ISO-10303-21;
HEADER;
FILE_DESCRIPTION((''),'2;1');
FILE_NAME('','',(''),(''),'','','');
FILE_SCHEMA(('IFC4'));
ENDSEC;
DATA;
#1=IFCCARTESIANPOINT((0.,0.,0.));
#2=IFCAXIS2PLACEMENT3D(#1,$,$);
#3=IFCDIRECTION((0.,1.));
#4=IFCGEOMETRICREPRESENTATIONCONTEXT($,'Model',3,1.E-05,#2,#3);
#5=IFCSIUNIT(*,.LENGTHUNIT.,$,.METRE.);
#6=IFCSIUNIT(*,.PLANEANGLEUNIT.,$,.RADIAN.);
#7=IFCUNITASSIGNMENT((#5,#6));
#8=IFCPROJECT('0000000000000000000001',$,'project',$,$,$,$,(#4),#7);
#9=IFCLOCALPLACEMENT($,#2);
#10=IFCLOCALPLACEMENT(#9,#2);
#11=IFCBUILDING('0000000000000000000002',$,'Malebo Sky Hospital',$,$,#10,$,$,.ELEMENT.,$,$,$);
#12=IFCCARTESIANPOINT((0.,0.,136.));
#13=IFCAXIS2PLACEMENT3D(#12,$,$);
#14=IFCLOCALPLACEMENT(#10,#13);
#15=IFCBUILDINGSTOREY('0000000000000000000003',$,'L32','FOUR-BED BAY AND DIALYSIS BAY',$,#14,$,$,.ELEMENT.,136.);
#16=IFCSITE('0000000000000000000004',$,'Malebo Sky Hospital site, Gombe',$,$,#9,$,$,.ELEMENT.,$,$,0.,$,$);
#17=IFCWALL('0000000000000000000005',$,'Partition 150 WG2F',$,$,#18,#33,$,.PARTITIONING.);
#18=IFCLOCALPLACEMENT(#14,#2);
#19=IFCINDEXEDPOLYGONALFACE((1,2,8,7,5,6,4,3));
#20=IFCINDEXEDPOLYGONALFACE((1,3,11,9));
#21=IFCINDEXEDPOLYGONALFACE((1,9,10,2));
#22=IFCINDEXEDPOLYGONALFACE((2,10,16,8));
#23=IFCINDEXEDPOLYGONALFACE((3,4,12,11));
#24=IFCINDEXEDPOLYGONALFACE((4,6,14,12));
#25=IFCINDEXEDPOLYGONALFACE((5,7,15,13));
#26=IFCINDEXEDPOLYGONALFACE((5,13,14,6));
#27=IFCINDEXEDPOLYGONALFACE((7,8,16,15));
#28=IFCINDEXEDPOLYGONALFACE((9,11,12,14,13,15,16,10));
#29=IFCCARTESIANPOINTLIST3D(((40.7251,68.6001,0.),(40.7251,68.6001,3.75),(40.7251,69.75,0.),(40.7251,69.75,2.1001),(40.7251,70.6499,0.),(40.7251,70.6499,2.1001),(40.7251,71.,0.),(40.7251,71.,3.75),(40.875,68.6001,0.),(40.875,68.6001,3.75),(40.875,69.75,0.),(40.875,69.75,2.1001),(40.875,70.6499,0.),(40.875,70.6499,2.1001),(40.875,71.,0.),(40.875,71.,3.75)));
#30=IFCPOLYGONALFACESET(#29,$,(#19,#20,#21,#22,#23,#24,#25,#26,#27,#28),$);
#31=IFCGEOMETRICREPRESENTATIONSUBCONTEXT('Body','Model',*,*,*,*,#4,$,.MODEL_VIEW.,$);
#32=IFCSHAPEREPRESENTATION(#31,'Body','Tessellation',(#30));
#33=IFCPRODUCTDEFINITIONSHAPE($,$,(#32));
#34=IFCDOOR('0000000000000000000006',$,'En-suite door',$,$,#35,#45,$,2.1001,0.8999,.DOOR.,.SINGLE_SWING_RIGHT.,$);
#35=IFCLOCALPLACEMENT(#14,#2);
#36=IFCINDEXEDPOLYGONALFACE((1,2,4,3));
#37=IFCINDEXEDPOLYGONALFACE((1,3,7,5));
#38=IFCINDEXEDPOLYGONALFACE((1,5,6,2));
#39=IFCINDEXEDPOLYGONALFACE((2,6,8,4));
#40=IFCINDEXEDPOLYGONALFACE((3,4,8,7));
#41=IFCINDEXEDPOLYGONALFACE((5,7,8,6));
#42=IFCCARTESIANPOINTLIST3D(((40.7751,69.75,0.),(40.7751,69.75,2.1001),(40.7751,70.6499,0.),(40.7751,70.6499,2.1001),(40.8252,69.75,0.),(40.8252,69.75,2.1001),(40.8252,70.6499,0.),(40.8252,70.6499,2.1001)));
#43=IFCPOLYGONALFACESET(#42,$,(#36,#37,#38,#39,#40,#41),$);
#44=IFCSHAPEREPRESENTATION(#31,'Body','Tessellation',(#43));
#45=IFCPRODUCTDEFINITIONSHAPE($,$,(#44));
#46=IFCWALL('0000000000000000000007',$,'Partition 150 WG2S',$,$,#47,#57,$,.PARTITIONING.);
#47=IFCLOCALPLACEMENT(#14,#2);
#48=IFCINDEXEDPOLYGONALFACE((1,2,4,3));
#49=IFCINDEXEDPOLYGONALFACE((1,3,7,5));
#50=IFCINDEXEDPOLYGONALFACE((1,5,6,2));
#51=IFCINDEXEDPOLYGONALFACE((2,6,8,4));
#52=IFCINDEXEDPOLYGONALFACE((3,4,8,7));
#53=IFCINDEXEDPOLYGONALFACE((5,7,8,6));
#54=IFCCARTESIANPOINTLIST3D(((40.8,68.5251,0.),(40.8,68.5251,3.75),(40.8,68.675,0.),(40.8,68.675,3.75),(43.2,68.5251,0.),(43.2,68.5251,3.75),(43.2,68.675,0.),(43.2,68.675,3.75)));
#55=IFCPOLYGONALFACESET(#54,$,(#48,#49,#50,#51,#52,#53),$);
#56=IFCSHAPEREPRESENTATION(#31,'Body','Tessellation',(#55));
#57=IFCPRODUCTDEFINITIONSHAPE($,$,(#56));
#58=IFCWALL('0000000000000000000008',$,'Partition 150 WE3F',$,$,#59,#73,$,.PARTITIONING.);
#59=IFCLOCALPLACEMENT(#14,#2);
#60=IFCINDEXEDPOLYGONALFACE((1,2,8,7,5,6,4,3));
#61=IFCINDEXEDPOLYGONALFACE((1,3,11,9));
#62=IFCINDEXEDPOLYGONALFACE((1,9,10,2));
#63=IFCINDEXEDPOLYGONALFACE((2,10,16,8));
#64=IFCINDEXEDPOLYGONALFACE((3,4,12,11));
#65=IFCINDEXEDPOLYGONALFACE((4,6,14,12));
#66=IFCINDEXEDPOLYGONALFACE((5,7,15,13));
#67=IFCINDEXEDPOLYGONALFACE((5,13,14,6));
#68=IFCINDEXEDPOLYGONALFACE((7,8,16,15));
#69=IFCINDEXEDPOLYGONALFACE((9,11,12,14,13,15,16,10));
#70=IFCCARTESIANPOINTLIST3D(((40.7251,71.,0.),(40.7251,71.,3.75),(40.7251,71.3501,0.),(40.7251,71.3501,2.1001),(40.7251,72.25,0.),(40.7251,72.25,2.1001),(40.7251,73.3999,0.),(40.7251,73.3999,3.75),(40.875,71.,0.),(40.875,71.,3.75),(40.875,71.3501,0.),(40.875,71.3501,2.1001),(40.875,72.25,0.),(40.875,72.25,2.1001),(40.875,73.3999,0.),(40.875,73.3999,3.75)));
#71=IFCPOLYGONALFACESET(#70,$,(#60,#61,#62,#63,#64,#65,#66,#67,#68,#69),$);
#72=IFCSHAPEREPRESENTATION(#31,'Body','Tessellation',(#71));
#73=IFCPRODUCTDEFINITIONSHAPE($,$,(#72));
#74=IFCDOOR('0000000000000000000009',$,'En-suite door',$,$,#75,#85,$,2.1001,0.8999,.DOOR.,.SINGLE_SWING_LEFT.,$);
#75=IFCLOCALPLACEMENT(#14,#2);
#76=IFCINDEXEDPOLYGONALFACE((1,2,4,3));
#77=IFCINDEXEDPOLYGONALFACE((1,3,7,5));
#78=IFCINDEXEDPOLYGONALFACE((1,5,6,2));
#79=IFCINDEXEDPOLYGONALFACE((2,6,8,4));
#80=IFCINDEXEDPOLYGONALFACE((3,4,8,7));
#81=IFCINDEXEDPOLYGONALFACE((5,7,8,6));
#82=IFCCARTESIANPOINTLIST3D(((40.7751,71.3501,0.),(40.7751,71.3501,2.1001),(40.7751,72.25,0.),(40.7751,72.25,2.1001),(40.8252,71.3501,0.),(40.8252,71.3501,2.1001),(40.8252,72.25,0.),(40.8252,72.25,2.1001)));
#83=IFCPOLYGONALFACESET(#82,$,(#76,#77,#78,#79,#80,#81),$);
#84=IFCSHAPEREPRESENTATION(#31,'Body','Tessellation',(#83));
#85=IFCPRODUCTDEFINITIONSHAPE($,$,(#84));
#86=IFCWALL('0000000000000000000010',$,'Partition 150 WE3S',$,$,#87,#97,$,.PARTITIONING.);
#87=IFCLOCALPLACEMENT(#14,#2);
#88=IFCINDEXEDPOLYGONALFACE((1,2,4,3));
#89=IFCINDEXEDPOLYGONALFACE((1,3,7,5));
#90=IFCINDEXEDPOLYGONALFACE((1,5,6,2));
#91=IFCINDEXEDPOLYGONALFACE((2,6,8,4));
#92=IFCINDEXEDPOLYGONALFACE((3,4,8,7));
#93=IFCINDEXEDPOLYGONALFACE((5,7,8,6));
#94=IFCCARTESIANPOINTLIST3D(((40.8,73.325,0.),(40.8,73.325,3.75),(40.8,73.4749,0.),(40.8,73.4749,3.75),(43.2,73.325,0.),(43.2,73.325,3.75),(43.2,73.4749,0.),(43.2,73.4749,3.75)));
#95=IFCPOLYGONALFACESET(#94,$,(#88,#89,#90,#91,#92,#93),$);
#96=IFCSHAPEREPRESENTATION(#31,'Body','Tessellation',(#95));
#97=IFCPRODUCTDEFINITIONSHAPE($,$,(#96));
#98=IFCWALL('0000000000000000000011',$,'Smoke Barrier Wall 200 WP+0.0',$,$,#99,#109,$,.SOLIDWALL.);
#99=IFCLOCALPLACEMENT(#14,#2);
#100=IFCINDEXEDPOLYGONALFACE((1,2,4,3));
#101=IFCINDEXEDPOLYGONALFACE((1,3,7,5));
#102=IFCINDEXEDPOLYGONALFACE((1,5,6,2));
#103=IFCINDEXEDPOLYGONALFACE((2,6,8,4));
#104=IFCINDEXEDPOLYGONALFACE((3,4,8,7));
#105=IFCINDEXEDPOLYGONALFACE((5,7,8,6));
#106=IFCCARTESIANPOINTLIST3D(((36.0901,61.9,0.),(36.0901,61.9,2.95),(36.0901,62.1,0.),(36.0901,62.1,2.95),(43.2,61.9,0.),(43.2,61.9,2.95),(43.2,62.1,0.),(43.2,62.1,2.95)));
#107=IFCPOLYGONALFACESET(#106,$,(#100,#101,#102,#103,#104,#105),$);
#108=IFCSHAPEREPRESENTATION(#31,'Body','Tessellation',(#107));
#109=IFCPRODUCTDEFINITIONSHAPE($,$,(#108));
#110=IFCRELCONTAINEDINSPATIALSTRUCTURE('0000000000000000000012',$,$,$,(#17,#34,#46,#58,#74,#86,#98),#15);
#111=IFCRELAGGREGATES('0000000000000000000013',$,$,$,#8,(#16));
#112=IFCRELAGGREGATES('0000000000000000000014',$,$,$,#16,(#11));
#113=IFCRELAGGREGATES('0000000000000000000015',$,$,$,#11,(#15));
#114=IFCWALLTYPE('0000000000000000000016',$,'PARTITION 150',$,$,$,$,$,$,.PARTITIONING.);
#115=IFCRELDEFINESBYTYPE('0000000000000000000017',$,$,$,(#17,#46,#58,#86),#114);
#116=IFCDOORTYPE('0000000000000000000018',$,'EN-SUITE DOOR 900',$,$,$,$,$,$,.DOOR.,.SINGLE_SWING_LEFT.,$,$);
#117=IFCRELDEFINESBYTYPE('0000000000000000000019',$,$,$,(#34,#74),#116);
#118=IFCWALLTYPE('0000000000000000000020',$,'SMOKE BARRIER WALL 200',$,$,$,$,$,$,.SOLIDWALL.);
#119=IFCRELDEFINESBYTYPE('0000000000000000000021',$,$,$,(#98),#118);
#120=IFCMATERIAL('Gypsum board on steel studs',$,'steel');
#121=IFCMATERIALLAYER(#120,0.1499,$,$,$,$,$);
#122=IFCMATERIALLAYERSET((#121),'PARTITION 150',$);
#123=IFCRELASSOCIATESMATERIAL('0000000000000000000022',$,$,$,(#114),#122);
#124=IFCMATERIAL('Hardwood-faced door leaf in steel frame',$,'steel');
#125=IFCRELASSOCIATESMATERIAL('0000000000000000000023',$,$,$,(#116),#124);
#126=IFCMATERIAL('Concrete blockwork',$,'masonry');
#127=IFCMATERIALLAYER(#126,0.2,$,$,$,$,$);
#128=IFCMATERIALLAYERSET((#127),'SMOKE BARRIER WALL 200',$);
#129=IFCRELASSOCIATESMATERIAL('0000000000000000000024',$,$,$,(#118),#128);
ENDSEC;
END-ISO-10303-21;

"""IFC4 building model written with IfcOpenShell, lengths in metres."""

from ifc_helpers import new_model, si_unit, direction, frame, frame_2d, origin, place, context, subcontext, project, spatial, rectangle, extrude, material, layer, layer_set, type_object, element, fill, save


model = new_model("IFC4")

# Units and contexts
model_context = context("Model", 3, precision=1e-05, world=origin(), true_north=direction((0.0, 1.0)))
body_context = subcontext(model_context, "Body", "Model", "MODEL_VIEW")
ifc_project = project(units=[si_unit("LENGTHUNIT", "METRE"), si_unit("PLANEANGLEUNIT", "RADIAN")], contexts=[model_context])

# Site, building, storey
site_placement = place(None, origin())
site = spatial("IfcSite", under=ifc_project, at=site_placement, Name="Malebo Sky Hospital site, Gombe", CompositionType="ELEMENT", RefElevation=0.0)
building_placement = place(site_placement, origin())
building = spatial("IfcBuilding", under=site, at=building_placement, Name="Malebo Sky Hospital", CompositionType="ELEMENT")
storey_placement = place(building_placement, frame((0.0, 0.0, 136.0)))
storey = spatial("IfcBuildingStorey", under=building, at=storey_placement, Name="L32", Description="FOUR-BED BAY AND DIALYSIS BAY", CompositionType="ELEMENT", Elevation=136.0)

# Shared definitions
ifc_material_1 = material(Name="Gypsum board on steel studs", Category="steel")
ifc_layer_1 = layer(ifc_material_1, 0.1499)
ifc_layer_set_1 = layer_set([ifc_layer_1], Name="PARTITION 150")
wall_type_1 = type_object("IfcWallType", Name="PARTITION 150", PredefinedType="PARTITIONING", material=ifc_layer_set_1)

# Shared definitions
ifc_material_2 = material(Name="Hardwood-faced door leaf in steel frame", Category="steel")
door_type = type_object("IfcDoorType", Name="EN-SUITE DOOR 900", OperationType="SINGLE_SWING_LEFT", PredefinedType="DOOR", material=ifc_material_2)

# Wall, opening, door
wall_1_placement = place(storey_placement, frame((40.8, 68.6001, 0.0), z_axis=(0.0, 0.0, 1.0), x_axis=(0.0, 1.0, 0.0)))
wall_1 = element("IfcWall", 1, at=wall_1_placement, inside=storey, type_object=wall_type_1, Name="Partition 150 WG2F", PredefinedType="PARTITIONING", context=body_context, shape_type="SweptSolid", body=[
    extrude(rectangle(XDim=2.3999, YDim=0.1499, at=frame_2d((1.2, 0.0))), origin(), (0.0, 0.0, 1.0), 3.75),
])
opening_1_placement = place(wall_1_placement, frame((1.1499, 0.0, 0.0)))
opening_1 = element("IfcOpeningElement", 2, at=opening_1_placement, cuts=wall_1, PredefinedType="OPENING", context=body_context, shape_type="SweptSolid", body=[
    extrude(rectangle(XDim=0.8999, YDim=2.1001, at=frame_2d((0.45, 1.05))), frame((0.0, 0.085, 0.0), z_axis=(0.0, -1.0, 0.0), x_axis=(1.0, 0.0, 0.0)), (0.0, 0.0, 1.0), 0.1699),
])
door_1_placement = place(opening_1_placement, origin())
door_1 = element("IfcDoor", 3, at=door_1_placement, inside=storey, type_object=door_type, Name="En-suite door", OperationType="SINGLE_SWING_RIGHT", OverallHeight=2.1001, OverallWidth=0.8999, PredefinedType="DOOR", context=body_context, shape_type="SweptSolid", body=[
    extrude(rectangle(XDim=0.8999, YDim=2.1001, at=frame_2d((0.45, 1.05))), frame((0.0, 0.0249, 0.0), z_axis=(0.0, -1.0, 0.0), x_axis=(1.0, 0.0, 0.0)), (0.0, 0.0, 1.0), 0.05),
])
fill(opening_1, door_1)

# Wall
wall_2_placement = place(storey_placement, frame((43.2, 68.6001, 0.0), z_axis=(0.0, 0.0, 1.0), x_axis=(-1.0, 0.0, 0.0)))
element("IfcWall", 4, at=wall_2_placement, inside=storey, type_object=wall_type_1, Name="Partition 150 WG2S", PredefinedType="PARTITIONING", context=body_context, shape_type="SweptSolid", body=[
    extrude(rectangle(XDim=2.3999, YDim=0.1499, at=frame_2d((1.2, 0.0))), origin(), (0.0, 0.0, 1.0), 3.75),
])

# Wall, opening, door
wall_3_placement = place(storey_placement, frame((40.8, 71.0, 0.0), z_axis=(0.0, 0.0, 1.0), x_axis=(0.0, 1.0, 0.0)))
wall_3 = element("IfcWall", 5, at=wall_3_placement, inside=storey, type_object=wall_type_1, Name="Partition 150 WE3F", PredefinedType="PARTITIONING", context=body_context, shape_type="SweptSolid", body=[
    extrude(rectangle(XDim=2.3999, YDim=0.1499, at=frame_2d((1.2, 0.0))), origin(), (0.0, 0.0, 1.0), 3.75),
])
opening_2_placement = place(wall_3_placement, frame((0.3501, 0.0, 0.0)))
opening_2 = element("IfcOpeningElement", 6, at=opening_2_placement, cuts=wall_3, PredefinedType="OPENING", context=body_context, shape_type="SweptSolid", body=[
    extrude(rectangle(XDim=0.8999, YDim=2.1001, at=frame_2d((0.45, 1.05))), frame((0.0, 0.085, 0.0), z_axis=(0.0, -1.0, 0.0), x_axis=(1.0, 0.0, 0.0)), (0.0, 0.0, 1.0), 0.1699),
])
door_2_placement = place(opening_2_placement, origin())
door_2 = element("IfcDoor", 7, at=door_2_placement, inside=storey, type_object=door_type, Name="En-suite door", OperationType="SINGLE_SWING_LEFT", OverallHeight=2.1001, OverallWidth=0.8999, PredefinedType="DOOR", context=body_context, shape_type="SweptSolid", body=[
    extrude(rectangle(XDim=0.8999, YDim=2.1001, at=frame_2d((0.45, 1.05))), frame((0.0, 0.0249, 0.0), z_axis=(0.0, -1.0, 0.0), x_axis=(1.0, 0.0, 0.0)), (0.0, 0.0, 1.0), 0.05),
])
fill(opening_2, door_2)

# Walls
wall_4_placement = place(storey_placement, frame((43.2, 73.3999, 0.0), z_axis=(0.0, 0.0, 1.0), x_axis=(-1.0, 0.0, 0.0)))
element("IfcWall", 8, at=wall_4_placement, inside=storey, type_object=wall_type_1, Name="Partition 150 WE3S", PredefinedType="PARTITIONING", context=body_context, shape_type="SweptSolid", body=[
    extrude(rectangle(XDim=2.3999, YDim=0.1499, at=frame_2d((1.2, 0.0))), origin(), (0.0, 0.0, 1.0), 3.75),
])
ifc_material_3 = material(Name="Concrete blockwork", Category="masonry")
ifc_layer_2 = layer(ifc_material_3, 0.2)
ifc_layer_set_2 = layer_set([ifc_layer_2], Name="SMOKE BARRIER WALL 200")
wall_type_2 = type_object("IfcWallType", Name="SMOKE BARRIER WALL 200", PredefinedType="SOLIDWALL", material=ifc_layer_set_2)
wall_5_placement = place(storey_placement, frame((43.2, 62.0, 0.0), z_axis=(0.0, 0.0, 1.0), x_axis=(-1.0, 0.0, 0.0)))
element("IfcWall", 9, at=wall_5_placement, inside=storey, type_object=wall_type_2, Name="Smoke Barrier Wall 200 WP+0.0", PredefinedType="SOLIDWALL", context=body_context, shape_type="SweptSolid", body=[
    extrude(rectangle(XDim=7.1099, YDim=0.2, at=frame_2d((3.5549, 0.0))), origin(), (0.0, 0.0, 1.0), 2.95),
])

save(model, "model.ifc")
